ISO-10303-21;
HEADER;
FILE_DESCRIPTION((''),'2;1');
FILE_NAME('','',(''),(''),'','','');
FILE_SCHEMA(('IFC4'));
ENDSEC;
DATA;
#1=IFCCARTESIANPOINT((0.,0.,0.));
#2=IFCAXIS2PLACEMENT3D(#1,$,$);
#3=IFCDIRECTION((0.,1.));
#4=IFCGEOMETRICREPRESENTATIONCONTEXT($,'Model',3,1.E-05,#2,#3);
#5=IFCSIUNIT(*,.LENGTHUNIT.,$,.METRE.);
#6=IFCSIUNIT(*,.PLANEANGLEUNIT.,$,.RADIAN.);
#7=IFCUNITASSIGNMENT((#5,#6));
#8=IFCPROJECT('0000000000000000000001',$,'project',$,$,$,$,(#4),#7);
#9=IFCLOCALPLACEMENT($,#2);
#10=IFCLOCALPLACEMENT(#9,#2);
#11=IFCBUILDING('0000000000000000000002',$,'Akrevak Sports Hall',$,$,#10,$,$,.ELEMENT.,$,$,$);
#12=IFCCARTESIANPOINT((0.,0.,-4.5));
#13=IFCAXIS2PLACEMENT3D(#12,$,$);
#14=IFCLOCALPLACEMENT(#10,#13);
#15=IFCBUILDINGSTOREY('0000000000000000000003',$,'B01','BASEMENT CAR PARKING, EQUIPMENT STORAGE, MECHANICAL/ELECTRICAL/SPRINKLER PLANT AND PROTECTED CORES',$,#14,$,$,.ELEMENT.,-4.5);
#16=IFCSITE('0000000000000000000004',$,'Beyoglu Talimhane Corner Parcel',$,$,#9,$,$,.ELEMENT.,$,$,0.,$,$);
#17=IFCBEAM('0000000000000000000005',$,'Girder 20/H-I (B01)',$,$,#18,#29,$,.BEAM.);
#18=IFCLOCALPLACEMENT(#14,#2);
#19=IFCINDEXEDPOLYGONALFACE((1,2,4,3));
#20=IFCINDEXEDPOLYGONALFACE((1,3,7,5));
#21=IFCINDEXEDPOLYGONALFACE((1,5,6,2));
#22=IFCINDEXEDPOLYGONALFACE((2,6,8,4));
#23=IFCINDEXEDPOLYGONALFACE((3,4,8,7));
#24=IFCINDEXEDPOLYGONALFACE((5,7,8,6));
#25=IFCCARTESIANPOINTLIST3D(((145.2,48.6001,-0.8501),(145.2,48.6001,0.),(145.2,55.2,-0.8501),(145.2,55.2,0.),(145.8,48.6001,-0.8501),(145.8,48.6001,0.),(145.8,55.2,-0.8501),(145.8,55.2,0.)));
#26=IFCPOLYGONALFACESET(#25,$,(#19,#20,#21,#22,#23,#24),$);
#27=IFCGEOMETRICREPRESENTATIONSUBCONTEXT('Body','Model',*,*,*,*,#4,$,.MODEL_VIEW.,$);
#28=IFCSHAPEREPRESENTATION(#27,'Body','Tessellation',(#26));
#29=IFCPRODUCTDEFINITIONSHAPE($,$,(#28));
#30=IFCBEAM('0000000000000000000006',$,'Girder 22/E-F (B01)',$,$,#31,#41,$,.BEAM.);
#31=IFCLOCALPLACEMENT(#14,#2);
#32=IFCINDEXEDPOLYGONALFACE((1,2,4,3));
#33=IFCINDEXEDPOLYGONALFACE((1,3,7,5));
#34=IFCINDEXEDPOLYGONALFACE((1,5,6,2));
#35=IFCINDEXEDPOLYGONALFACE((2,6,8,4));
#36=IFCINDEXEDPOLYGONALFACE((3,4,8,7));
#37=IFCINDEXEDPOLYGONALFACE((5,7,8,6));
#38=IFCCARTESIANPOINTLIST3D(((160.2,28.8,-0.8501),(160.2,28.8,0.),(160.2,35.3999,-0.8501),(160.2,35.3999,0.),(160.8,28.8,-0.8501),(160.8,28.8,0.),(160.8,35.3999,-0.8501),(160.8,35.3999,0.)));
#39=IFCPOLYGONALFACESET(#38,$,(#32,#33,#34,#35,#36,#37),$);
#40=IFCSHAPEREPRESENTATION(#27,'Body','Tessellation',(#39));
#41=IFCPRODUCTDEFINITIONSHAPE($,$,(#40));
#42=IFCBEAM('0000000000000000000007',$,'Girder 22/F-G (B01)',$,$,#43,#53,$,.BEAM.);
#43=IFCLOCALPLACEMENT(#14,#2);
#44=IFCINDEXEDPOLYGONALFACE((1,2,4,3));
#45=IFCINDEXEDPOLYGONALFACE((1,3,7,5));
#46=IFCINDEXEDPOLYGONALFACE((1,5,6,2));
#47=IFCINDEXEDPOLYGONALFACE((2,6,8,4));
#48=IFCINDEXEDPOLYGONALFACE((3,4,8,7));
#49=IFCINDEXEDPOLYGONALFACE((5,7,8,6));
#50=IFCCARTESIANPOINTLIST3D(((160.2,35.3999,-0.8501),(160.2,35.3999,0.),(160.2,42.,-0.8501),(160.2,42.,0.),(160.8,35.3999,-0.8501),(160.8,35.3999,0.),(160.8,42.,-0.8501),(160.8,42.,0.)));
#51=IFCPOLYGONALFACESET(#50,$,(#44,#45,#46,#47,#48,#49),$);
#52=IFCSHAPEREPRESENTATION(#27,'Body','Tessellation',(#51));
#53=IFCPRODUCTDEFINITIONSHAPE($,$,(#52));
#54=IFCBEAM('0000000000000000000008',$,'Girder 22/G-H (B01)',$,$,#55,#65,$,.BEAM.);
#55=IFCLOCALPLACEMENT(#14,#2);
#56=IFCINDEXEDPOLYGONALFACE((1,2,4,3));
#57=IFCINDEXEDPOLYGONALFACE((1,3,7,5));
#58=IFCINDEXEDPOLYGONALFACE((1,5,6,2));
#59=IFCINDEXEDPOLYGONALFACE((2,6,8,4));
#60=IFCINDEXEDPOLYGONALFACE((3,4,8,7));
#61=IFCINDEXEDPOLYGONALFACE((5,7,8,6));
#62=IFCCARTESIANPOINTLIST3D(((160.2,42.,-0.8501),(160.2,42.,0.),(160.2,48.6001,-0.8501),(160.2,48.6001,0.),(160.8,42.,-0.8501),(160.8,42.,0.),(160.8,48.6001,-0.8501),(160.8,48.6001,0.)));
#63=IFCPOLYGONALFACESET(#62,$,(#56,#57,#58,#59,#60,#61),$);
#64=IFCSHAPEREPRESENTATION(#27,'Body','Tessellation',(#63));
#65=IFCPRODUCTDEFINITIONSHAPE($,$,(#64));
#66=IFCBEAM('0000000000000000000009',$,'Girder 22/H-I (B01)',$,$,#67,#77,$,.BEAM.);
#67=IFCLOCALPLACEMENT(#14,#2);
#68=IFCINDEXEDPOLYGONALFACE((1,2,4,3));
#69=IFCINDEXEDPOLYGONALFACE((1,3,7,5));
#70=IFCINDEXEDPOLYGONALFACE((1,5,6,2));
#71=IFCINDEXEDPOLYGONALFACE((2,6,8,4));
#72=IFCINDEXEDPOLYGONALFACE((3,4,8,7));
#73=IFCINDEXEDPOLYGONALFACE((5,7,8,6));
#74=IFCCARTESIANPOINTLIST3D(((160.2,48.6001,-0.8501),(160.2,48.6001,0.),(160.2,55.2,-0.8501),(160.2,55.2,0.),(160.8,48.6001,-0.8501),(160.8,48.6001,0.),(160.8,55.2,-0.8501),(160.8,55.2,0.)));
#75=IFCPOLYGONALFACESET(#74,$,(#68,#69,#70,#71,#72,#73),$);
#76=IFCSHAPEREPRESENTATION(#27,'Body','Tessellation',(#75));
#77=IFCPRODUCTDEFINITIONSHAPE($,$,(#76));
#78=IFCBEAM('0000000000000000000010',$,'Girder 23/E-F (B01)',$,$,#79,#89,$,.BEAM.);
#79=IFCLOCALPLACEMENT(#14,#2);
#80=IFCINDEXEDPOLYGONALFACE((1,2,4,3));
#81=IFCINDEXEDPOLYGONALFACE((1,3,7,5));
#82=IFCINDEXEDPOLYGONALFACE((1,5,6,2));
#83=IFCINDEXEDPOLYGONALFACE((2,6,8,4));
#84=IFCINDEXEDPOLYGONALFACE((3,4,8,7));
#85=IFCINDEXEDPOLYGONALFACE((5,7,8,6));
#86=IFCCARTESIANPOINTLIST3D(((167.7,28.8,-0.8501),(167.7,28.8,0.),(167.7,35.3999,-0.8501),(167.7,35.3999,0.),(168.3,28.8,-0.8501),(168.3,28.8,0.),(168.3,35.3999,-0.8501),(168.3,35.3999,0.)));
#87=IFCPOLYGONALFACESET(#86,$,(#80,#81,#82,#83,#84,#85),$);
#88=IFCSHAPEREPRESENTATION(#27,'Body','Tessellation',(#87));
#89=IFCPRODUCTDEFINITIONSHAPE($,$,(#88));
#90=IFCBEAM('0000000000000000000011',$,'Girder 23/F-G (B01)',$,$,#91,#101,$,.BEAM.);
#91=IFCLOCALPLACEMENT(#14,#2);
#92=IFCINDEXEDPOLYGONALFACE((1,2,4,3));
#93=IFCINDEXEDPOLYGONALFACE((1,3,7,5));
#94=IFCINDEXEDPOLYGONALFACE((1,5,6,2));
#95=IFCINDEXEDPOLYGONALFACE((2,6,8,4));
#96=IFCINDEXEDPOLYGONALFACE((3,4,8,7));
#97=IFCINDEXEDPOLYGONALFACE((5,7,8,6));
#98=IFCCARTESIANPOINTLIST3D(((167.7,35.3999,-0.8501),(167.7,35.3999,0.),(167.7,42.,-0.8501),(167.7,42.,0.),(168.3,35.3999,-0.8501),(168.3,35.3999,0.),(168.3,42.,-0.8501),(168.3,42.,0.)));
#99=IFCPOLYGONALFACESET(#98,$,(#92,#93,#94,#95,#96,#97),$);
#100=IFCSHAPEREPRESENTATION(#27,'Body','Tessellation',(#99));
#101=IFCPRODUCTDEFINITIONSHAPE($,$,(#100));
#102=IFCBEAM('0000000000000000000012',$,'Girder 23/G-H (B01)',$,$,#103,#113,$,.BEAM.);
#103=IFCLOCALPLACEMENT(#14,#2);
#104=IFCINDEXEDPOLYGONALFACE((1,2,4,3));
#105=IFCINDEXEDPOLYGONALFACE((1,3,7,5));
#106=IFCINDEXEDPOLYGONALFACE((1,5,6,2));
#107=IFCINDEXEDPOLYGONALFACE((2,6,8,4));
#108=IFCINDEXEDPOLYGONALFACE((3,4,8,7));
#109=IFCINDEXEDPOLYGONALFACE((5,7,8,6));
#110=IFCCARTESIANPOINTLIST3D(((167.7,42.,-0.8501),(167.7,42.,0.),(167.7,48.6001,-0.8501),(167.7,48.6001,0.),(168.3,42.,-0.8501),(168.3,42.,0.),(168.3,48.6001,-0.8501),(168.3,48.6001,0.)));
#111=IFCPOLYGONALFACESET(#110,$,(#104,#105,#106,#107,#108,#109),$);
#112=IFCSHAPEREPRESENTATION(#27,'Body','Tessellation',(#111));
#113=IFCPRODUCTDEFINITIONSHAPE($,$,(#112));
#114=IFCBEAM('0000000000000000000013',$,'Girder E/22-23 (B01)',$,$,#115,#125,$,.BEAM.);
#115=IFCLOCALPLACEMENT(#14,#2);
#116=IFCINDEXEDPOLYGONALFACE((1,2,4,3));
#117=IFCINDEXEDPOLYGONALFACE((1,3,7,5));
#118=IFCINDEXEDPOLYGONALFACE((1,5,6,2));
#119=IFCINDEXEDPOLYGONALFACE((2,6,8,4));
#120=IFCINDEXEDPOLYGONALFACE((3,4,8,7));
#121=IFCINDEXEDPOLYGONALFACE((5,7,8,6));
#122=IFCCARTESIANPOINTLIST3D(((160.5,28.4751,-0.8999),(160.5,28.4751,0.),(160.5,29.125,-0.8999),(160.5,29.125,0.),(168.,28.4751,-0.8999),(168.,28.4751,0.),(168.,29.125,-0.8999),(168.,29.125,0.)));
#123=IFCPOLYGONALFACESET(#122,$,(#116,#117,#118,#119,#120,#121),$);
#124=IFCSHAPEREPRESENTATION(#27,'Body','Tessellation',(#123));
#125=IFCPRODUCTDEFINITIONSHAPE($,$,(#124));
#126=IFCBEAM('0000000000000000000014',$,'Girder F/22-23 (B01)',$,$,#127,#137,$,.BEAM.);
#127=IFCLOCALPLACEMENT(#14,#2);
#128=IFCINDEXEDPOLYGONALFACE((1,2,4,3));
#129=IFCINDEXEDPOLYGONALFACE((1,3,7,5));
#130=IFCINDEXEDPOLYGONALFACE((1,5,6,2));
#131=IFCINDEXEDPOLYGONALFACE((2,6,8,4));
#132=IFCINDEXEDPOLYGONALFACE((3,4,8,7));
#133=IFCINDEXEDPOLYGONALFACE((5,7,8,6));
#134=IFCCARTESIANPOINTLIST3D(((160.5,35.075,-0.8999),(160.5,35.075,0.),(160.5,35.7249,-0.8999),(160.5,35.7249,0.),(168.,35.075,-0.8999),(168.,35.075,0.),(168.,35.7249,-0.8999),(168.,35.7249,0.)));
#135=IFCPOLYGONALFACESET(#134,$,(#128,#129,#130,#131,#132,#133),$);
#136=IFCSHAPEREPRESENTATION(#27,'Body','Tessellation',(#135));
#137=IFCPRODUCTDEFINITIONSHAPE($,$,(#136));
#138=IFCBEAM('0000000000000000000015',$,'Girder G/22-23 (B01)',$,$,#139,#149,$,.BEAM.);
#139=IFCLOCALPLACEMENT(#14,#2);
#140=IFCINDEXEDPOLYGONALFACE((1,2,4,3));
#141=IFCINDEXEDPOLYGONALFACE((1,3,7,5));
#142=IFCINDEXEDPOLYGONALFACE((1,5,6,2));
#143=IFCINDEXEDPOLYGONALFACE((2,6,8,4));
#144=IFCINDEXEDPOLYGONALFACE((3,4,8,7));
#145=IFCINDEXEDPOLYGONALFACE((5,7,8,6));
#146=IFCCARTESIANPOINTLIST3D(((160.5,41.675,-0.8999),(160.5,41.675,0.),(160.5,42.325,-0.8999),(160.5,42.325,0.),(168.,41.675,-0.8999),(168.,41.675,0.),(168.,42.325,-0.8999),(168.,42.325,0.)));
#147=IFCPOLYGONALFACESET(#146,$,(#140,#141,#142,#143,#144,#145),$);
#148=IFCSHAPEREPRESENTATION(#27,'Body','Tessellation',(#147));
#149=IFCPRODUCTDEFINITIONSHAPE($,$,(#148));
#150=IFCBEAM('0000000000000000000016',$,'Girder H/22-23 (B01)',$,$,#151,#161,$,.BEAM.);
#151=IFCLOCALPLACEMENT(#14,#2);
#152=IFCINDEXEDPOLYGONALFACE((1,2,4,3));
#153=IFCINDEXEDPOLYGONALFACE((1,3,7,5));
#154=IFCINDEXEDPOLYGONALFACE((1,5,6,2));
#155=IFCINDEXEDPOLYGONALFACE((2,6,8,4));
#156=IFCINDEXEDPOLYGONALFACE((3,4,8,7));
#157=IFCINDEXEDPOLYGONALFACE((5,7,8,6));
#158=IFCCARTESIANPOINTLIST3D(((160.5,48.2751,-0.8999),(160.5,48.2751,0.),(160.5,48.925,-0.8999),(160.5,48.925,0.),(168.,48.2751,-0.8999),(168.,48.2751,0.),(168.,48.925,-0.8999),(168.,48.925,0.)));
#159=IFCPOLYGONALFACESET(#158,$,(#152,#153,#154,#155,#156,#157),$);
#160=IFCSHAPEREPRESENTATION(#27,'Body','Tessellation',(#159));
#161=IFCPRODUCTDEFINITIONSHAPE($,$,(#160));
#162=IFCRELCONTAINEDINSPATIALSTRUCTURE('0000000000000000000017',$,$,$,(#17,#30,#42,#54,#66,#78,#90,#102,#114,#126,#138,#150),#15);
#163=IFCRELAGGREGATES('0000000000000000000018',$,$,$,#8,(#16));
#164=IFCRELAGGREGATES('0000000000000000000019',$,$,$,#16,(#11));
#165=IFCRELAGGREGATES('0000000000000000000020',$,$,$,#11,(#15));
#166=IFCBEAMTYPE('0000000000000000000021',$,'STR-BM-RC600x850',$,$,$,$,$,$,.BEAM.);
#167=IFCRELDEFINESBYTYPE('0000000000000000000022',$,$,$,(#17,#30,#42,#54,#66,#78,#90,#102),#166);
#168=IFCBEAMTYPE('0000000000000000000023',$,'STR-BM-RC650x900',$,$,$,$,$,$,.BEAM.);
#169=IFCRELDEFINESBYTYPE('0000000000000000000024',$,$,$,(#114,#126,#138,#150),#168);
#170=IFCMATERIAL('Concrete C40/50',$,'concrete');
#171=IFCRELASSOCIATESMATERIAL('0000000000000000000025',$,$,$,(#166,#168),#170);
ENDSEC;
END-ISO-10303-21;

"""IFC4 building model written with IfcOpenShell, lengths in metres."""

from ifc_helpers import new_model, si_unit, direction, frame, origin, origin_2d, place, context, subcontext, project, spatial, rectangle, extrude, material, material_profile, profile_set, type_object, element, save


model = new_model("IFC4")

# Units and contexts
model_context = context("Model", 3, precision=1e-05, world=origin(), true_north=direction((0.0, 1.0)))
body_context = subcontext(model_context, "Body", "Model", "MODEL_VIEW")
ifc_project = project(units=[si_unit("LENGTHUNIT", "METRE"), si_unit("PLANEANGLEUNIT", "RADIAN")], contexts=[model_context])

# Site, building, storey
site_placement = place(None, origin())
site = spatial("IfcSite", under=ifc_project, at=site_placement, Name="Beyoglu Talimhane Corner Parcel", CompositionType="ELEMENT", RefElevation=0.0)
building_placement = place(site_placement, origin())
building = spatial("IfcBuilding", under=site, at=building_placement, Name="Akrevak Sports Hall", CompositionType="ELEMENT")
storey_placement = place(building_placement, frame((0.0, 0.0, -4.5)))
storey = spatial("IfcBuildingStorey", under=building, at=storey_placement, Name="B01", Description="BASEMENT CAR PARKING, EQUIPMENT STORAGE, MECHANICAL/ELECTRICAL/SPRINKLER PLANT AND PROTECTED CORES", CompositionType="ELEMENT", Elevation=-4.5)

# Shared definitions
ifc_material_1 = material(Name="Concrete C40/50", Category="concrete")

# Beams
ifc_material_profile_1 = material_profile(ifc_material_1, rectangle(XDim=0.6001, YDim=0.8501, at=origin_2d()), Name="BM 600x850", Category="concrete")
ifc_profile_set_1 = profile_set([ifc_material_profile_1], Name="Concrete C40/50")
beam_type_1 = type_object("IfcBeamType", Name="STR-BM-RC600x850", PredefinedType="BEAM", material=ifc_profile_set_1)
for number, where, z_axis, x_axis, name in (
    (1, (145.5, 48.6001, -0.425), (0.0, 1.0, 0.0), (-1.0, 0.0, 0.0), "Girder 20/H-I (B01)"),
    (2, (160.5, 28.8, -0.425), (0.0, 1.0, 0.0), (-1.0, 0.0, 0.0), "Girder 22/E-F (B01)"),
):
    element("IfcBeam", number, at=place(storey_placement, frame(where, z_axis=z_axis, x_axis=x_axis)), inside=storey, type_object=beam_type_1, Name=name, PredefinedType="BEAM", context=body_context, shape_type="SweptSolid", body=[
        extrude(rectangle(XDim=0.6001, YDim=0.8501, at=origin_2d()), origin(), (0.0, 0.0, 1.0), 6.5999),
    ])
for number, where, z_axis, x_axis, name in (
    (3, (160.5, 35.3999, -0.425), (0.0, 1.0, 0.0), (-1.0, 0.0, 0.0), "Girder 22/F-G (B01)"),
    (4, (160.5, 42.0, -0.425), (0.0, 1.0, 0.0), (-1.0, 0.0, 0.0), "Girder 22/G-H (B01)"),
):
    element("IfcBeam", number, at=place(storey_placement, frame(where, z_axis=z_axis, x_axis=x_axis)), inside=storey, type_object=beam_type_1, Name=name, PredefinedType="BEAM", context=body_context, shape_type="SweptSolid", body=[
        extrude(rectangle(XDim=0.6001, YDim=0.8501, at=origin_2d()), origin(), (0.0, 0.0, 1.0), 6.6001),
    ])
for number, where, z_axis, x_axis, name in (
    (5, (160.5, 48.6001, -0.425), (0.0, 1.0, 0.0), (-1.0, 0.0, 0.0), "Girder 22/H-I (B01)"),
    (6, (168.0, 28.8, -0.425), (0.0, 1.0, 0.0), (-1.0, 0.0, 0.0), "Girder 23/E-F (B01)"),
):
    element("IfcBeam", number, at=place(storey_placement, frame(where, z_axis=z_axis, x_axis=x_axis)), inside=storey, type_object=beam_type_1, Name=name, PredefinedType="BEAM", context=body_context, shape_type="SweptSolid", body=[
        extrude(rectangle(XDim=0.6001, YDim=0.8501, at=origin_2d()), origin(), (0.0, 0.0, 1.0), 6.5999),
    ])
for number, where, z_axis, x_axis, name in (
    (7, (168.0, 35.3999, -0.425), (0.0, 1.0, 0.0), (-1.0, 0.0, 0.0), "Girder 23/F-G (B01)"),
    (8, (168.0, 42.0, -0.425), (0.0, 1.0, 0.0), (-1.0, 0.0, 0.0), "Girder 23/G-H (B01)"),
):
    element("IfcBeam", number, at=place(storey_placement, frame(where, z_axis=z_axis, x_axis=x_axis)), inside=storey, type_object=beam_type_1, Name=name, PredefinedType="BEAM", context=body_context, shape_type="SweptSolid", body=[
        extrude(rectangle(XDim=0.6001, YDim=0.8501, at=origin_2d()), origin(), (0.0, 0.0, 1.0), 6.6001),
    ])
ifc_material_profile_2 = material_profile(ifc_material_1, rectangle(XDim=0.6499, YDim=0.8999, at=origin_2d()), Name="BM 650x900", Category="concrete")
ifc_profile_set_2 = profile_set([ifc_material_profile_2], Name="Concrete C40/50")
beam_type_2 = type_object("IfcBeamType", Name="STR-BM-RC650x900", PredefinedType="BEAM", material=ifc_profile_set_2)
for number, where, z_axis, x_axis, name in (
    (9, (160.5, 28.8, -0.45), (1.0, 0.0, 0.0), (0.0, 1.0, 0.0), "Girder E/22-23 (B01)"),
    (10, (160.5, 35.3999, -0.45), (1.0, 0.0, 0.0), (0.0, 1.0, 0.0), "Girder F/22-23 (B01)"),
    (11, (160.5, 42.0, -0.45), (1.0, 0.0, 0.0), (0.0, 1.0, 0.0), "Girder G/22-23 (B01)"),
    (12, (160.5, 48.6001, -0.45), (1.0, 0.0, 0.0), (0.0, 1.0, 0.0), "Girder H/22-23 (B01)"),
):
    element("IfcBeam", number, at=place(storey_placement, frame(where, z_axis=z_axis, x_axis=x_axis)), inside=storey, type_object=beam_type_2, Name=name, PredefinedType="BEAM", context=body_context, shape_type="SweptSolid", body=[
        extrude(rectangle(XDim=0.6499, YDim=0.8999, at=origin_2d()), origin(), (0.0, 0.0, 1.0), 7.5),
    ])

save(model, "model.ifc")
